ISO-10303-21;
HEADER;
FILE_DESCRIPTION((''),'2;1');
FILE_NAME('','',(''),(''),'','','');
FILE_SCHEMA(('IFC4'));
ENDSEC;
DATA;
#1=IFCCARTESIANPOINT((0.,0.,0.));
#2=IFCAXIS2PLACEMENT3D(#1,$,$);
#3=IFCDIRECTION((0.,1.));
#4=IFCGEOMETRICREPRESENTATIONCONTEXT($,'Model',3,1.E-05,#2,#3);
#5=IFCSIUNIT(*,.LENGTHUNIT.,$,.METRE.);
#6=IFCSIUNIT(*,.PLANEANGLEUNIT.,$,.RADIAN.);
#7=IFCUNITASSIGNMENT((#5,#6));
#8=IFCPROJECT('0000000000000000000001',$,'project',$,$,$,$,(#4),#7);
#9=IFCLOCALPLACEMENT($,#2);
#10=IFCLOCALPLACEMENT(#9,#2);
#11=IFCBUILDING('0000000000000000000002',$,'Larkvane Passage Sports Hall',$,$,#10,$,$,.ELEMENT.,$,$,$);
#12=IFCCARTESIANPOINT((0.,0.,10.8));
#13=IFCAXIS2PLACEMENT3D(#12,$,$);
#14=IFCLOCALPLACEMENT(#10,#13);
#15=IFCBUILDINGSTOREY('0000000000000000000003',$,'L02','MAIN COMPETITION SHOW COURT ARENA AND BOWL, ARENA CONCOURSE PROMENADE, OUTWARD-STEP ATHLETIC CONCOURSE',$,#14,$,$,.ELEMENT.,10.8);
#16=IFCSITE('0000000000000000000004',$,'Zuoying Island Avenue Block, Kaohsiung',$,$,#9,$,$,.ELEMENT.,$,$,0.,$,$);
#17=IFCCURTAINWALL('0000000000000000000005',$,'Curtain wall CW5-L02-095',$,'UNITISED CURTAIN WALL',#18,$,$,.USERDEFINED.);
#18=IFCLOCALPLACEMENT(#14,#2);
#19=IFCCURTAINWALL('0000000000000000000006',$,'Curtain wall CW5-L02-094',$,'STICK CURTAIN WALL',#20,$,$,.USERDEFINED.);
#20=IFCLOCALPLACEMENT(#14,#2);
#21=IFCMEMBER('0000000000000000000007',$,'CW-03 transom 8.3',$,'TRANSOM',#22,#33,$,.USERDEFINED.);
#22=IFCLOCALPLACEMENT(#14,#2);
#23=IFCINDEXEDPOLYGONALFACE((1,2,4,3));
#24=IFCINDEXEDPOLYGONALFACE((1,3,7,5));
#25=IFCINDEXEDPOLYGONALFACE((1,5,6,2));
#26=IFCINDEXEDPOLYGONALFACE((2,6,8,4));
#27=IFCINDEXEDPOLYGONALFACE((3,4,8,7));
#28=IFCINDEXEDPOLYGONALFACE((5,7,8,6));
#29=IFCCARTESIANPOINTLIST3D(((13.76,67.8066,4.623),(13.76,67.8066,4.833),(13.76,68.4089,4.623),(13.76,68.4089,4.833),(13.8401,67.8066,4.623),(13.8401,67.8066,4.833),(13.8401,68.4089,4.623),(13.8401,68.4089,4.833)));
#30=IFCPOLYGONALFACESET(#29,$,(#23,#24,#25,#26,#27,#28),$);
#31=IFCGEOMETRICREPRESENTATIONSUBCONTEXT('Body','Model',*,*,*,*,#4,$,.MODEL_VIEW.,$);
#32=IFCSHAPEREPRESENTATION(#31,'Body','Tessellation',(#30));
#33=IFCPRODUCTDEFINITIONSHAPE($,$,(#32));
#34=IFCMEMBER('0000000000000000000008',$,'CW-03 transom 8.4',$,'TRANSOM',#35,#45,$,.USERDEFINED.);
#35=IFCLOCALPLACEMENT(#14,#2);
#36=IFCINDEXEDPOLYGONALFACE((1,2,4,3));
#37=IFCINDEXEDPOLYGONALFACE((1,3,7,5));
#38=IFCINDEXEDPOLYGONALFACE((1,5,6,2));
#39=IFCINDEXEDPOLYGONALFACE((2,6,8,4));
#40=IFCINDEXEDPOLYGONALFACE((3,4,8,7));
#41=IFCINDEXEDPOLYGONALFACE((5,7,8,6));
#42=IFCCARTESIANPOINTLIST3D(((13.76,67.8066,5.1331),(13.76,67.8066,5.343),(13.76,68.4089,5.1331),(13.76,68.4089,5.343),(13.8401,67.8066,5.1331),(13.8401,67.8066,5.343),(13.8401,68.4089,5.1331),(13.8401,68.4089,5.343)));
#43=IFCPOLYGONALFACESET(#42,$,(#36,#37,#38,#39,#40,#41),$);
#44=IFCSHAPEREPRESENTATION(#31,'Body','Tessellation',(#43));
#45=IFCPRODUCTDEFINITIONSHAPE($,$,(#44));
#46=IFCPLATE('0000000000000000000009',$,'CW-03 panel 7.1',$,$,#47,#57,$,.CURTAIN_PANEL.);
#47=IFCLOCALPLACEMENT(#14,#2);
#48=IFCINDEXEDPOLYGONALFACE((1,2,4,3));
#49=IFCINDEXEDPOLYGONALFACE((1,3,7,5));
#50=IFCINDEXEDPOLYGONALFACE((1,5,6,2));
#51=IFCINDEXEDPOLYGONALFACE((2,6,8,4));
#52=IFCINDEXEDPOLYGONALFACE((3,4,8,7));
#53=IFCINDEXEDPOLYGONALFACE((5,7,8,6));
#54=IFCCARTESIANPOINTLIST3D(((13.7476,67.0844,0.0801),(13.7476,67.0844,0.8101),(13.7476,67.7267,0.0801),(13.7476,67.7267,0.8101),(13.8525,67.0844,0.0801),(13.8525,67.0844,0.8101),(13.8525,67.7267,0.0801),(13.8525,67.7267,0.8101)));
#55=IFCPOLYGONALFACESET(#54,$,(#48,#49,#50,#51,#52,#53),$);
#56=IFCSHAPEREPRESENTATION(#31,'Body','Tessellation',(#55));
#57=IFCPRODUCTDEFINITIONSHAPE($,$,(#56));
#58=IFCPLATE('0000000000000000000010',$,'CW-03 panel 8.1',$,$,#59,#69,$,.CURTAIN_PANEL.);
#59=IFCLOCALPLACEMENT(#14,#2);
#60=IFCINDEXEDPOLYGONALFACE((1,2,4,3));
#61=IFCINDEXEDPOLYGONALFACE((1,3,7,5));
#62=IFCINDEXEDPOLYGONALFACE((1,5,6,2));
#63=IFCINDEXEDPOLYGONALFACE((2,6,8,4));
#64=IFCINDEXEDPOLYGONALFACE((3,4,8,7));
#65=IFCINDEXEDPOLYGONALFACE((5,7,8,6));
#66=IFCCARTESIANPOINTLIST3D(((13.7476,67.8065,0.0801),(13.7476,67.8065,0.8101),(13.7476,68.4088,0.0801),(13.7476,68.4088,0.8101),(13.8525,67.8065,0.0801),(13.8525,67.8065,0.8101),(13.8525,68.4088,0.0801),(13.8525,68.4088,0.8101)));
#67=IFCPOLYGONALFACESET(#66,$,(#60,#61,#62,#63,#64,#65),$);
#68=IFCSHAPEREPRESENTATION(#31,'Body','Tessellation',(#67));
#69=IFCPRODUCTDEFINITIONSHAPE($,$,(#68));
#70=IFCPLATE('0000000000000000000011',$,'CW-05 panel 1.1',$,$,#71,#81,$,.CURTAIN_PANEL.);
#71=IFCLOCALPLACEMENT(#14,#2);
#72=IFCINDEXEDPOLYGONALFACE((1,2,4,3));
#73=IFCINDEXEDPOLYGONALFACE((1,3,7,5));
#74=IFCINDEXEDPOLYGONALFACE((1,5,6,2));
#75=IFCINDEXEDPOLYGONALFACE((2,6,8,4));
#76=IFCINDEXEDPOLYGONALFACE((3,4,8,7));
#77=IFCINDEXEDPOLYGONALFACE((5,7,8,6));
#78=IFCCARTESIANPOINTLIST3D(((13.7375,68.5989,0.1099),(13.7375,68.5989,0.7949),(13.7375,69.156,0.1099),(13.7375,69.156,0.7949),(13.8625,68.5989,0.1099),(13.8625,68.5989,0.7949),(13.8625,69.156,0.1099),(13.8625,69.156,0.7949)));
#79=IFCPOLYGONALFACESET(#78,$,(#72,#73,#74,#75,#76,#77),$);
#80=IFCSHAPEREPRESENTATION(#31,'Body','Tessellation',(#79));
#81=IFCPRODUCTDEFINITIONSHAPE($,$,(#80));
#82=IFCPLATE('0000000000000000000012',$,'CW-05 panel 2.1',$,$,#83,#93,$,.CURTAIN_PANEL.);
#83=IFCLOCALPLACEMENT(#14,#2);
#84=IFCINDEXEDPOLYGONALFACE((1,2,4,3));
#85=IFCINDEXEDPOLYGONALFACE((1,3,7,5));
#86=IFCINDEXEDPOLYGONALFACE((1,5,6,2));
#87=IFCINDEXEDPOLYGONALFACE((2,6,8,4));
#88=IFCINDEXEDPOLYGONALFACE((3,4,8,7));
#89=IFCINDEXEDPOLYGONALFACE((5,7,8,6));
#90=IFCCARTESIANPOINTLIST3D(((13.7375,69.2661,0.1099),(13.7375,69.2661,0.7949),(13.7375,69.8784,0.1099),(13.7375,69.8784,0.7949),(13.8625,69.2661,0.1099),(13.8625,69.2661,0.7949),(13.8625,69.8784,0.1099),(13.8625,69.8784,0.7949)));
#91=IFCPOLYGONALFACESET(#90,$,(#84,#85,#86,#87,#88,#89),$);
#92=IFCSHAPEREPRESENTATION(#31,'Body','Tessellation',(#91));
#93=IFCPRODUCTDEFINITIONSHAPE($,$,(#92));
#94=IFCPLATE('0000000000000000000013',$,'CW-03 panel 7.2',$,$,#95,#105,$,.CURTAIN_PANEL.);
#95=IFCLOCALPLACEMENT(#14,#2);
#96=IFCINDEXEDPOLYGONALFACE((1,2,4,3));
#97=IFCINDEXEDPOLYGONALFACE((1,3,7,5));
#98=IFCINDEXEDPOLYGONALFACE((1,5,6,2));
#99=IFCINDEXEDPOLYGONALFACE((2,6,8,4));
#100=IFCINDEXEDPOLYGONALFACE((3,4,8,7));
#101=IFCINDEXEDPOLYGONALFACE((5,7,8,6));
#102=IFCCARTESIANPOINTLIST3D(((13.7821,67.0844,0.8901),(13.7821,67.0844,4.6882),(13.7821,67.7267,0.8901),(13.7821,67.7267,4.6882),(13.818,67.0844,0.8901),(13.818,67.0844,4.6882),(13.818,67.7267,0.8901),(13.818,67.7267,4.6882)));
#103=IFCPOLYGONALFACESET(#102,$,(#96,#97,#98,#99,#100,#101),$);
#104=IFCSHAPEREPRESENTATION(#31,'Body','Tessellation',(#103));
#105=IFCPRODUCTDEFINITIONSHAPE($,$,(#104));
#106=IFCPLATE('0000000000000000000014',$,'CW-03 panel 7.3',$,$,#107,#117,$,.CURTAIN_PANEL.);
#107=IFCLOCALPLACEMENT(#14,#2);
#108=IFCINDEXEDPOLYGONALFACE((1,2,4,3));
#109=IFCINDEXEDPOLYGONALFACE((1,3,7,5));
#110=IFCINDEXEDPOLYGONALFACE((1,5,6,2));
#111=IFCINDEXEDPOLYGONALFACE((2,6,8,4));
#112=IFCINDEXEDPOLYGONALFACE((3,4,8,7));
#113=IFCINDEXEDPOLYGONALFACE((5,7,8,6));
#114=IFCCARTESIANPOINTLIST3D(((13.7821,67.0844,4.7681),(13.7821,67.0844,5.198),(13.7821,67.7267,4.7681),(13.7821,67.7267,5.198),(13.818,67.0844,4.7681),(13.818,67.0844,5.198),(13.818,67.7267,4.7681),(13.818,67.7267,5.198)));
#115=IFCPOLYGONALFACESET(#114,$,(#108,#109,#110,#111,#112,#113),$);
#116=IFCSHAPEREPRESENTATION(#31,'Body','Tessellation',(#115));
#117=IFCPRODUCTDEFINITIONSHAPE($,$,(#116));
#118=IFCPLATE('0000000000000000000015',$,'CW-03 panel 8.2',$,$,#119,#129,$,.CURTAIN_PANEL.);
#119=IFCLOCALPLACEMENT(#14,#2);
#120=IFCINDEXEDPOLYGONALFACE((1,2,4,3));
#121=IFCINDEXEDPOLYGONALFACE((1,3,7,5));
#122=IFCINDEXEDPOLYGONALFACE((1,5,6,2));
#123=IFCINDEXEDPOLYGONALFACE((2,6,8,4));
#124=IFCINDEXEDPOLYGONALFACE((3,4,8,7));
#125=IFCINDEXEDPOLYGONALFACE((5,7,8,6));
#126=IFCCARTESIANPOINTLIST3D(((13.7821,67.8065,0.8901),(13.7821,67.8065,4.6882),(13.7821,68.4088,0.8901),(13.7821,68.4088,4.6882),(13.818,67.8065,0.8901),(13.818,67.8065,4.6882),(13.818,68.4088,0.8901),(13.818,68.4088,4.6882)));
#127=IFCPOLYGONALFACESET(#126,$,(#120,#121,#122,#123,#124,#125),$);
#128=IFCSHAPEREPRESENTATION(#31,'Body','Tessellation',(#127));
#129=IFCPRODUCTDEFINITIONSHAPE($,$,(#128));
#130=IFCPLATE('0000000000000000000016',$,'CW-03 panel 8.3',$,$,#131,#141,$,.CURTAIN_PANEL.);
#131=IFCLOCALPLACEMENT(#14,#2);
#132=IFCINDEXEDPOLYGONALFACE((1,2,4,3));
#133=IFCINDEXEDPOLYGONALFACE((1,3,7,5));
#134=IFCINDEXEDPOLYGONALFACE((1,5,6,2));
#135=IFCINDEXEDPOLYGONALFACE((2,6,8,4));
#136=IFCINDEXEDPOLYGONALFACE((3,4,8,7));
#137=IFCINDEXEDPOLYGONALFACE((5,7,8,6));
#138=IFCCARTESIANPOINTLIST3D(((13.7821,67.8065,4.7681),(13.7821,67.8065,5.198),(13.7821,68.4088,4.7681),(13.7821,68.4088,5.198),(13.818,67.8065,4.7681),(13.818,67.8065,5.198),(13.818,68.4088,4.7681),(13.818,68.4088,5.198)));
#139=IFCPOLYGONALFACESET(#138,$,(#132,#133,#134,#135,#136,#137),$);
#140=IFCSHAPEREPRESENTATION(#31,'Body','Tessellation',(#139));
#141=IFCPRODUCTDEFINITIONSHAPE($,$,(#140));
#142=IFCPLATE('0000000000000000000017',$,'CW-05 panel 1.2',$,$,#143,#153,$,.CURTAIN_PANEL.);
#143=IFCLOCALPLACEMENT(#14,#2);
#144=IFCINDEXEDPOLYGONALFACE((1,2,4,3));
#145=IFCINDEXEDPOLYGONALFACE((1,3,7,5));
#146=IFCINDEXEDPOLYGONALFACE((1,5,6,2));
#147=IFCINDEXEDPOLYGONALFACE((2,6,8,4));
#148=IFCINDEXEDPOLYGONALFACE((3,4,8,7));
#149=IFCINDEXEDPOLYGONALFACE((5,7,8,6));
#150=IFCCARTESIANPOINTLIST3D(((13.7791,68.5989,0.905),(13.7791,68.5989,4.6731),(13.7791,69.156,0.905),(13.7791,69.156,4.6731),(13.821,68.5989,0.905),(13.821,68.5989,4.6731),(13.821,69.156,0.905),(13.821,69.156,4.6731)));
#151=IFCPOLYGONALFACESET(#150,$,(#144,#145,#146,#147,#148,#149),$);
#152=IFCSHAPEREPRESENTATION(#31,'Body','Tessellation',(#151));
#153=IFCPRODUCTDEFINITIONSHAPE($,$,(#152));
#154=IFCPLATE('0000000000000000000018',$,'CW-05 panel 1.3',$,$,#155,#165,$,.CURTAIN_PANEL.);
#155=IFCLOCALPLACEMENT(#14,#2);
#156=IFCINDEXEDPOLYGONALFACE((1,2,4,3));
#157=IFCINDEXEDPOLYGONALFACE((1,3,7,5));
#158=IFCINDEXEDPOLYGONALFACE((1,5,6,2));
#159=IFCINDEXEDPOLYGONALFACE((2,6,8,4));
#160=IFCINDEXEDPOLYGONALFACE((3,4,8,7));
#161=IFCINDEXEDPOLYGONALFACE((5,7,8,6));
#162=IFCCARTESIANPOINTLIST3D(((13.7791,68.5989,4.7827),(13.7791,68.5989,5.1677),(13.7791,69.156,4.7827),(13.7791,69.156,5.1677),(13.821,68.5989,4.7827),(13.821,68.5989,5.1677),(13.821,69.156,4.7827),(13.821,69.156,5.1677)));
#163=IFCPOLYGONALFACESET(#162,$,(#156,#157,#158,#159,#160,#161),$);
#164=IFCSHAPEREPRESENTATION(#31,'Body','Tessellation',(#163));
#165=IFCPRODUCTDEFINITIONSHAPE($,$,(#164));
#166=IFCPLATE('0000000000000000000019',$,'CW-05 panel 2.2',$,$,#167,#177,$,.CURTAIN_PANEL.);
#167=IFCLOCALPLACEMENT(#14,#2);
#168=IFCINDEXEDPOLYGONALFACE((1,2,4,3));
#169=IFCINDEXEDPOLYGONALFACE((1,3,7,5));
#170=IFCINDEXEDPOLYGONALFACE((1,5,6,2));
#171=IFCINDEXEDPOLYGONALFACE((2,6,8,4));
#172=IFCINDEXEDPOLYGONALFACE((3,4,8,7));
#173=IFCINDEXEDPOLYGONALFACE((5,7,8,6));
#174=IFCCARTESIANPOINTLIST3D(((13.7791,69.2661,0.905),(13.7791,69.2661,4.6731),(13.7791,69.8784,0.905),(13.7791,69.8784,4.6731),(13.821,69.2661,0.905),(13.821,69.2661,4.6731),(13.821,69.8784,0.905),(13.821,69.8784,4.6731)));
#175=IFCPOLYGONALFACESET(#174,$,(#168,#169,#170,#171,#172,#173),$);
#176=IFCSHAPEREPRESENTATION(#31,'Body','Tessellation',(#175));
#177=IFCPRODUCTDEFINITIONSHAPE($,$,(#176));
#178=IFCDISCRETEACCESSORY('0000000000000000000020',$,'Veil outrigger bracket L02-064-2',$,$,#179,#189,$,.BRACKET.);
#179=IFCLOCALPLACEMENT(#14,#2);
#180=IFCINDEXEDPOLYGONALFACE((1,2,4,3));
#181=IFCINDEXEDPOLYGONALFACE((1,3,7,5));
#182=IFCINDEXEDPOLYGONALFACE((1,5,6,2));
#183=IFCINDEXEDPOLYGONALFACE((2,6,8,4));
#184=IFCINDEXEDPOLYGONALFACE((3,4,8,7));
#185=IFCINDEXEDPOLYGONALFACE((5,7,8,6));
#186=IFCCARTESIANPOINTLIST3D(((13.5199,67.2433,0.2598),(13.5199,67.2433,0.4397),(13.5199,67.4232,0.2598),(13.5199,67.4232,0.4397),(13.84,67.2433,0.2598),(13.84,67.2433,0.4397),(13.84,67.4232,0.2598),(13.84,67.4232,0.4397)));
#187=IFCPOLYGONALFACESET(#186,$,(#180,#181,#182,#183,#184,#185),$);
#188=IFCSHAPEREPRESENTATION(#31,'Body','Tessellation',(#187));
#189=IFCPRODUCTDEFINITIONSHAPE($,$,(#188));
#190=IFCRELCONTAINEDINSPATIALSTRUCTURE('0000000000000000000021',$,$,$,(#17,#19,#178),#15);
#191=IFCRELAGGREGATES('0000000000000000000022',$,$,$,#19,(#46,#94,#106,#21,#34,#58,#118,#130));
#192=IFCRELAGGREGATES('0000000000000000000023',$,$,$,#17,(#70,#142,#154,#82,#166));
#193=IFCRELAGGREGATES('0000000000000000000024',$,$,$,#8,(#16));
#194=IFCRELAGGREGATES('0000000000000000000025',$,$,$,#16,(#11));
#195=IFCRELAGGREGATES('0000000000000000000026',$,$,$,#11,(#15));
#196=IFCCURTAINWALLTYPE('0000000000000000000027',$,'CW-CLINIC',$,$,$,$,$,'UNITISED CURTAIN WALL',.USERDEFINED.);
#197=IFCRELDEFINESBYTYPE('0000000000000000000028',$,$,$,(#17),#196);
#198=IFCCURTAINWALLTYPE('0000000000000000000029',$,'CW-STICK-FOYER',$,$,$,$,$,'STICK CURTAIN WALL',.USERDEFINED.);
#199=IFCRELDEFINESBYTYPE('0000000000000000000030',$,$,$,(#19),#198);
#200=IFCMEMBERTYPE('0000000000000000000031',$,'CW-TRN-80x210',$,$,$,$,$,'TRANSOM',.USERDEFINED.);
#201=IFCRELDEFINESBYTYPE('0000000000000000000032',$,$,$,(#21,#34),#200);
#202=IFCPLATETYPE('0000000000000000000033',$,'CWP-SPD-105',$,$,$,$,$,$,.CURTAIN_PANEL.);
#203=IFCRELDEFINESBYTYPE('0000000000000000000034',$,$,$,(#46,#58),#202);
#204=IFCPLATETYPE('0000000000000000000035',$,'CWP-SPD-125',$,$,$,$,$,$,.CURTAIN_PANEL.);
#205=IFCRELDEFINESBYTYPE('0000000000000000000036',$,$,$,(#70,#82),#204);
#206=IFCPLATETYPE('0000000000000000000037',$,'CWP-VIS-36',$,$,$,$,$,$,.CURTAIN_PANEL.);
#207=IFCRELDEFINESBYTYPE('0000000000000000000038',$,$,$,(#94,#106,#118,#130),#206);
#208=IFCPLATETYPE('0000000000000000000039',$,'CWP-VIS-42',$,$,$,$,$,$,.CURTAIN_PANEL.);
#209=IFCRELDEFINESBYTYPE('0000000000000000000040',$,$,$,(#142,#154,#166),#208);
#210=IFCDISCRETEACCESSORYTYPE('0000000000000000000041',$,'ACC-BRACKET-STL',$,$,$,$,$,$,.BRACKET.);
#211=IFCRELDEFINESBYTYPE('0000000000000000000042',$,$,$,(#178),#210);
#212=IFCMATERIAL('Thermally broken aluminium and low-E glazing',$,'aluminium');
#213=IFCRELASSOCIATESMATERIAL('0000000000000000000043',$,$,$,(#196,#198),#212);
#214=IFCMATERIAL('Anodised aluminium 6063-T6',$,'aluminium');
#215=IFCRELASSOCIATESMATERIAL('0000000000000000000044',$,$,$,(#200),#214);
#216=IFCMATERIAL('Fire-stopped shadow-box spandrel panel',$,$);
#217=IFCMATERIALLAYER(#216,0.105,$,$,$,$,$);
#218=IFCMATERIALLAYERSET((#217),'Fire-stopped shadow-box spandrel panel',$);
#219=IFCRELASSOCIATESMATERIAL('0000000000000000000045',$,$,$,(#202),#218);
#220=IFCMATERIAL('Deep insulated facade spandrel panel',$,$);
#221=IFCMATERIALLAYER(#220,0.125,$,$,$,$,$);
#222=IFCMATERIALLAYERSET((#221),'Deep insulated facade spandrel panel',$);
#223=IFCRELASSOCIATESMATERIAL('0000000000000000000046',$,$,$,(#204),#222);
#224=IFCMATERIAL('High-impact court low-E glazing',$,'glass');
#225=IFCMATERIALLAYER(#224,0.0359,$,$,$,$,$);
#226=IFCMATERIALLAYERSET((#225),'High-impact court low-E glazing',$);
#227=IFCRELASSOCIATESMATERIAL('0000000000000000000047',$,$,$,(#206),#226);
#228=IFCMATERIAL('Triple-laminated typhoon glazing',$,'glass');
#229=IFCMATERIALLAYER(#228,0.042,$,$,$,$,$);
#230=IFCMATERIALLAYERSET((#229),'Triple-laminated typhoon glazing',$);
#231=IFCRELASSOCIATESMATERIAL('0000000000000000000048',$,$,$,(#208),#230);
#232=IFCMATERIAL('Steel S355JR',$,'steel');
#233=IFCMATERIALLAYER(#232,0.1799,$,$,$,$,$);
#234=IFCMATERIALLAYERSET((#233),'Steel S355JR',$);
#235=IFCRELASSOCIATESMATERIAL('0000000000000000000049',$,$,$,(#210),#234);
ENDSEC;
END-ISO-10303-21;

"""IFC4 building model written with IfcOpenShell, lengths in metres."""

from ifc_helpers import new_model, si_unit, direction, frame, origin, origin_2d, place, context, subcontext, project, spatial, rectangle, extrude, material, layer, layer_set, material_profile, profile_set, type_object, element, aggregate, save


model = new_model("IFC4")

# Units and contexts
model_context = context("Model", 3, precision=1e-05, world=origin(), true_north=direction((0.0, 1.0)))
body_context = subcontext(model_context, "Body", "Model", "MODEL_VIEW")
ifc_project = project(units=[si_unit("LENGTHUNIT", "METRE"), si_unit("PLANEANGLEUNIT", "RADIAN")], contexts=[model_context])

# Site, building, storey
site_placement = place(None, origin())
site = spatial("IfcSite", under=ifc_project, at=site_placement, Name="Zuoying Island Avenue Block, Kaohsiung", CompositionType="ELEMENT", RefElevation=0.0)
building_placement = place(site_placement, origin())
building = spatial("IfcBuilding", under=site, at=building_placement, Name="Larkvane Passage Sports Hall", CompositionType="ELEMENT")
storey_placement = place(building_placement, frame((0.0, 0.0, 10.8)))
storey = spatial("IfcBuildingStorey", under=building, at=storey_placement, Name="L02", Description="MAIN COMPETITION SHOW COURT ARENA AND BOWL, ARENA CONCOURSE PROMENADE, OUTWARD-STEP ATHLETIC CONCOURSE", CompositionType="ELEMENT", Elevation=10.8)

# Curtain walls
ifc_material_1 = material(Name="Thermally broken aluminium and low-E glazing", Category="aluminium")
curtain_wall_type_1 = type_object("IfcCurtainWallType", Name="CW-CLINIC", ElementType="UNITISED CURTAIN WALL", PredefinedType="USERDEFINED", material=ifc_material_1)
curtain_wall_1_placement = place(storey_placement, origin())
curtain_wall_1 = element("IfcCurtainWall", 1, at=curtain_wall_1_placement, inside=storey, type_object=curtain_wall_type_1, Name="Curtain wall CW5-L02-095", ObjectType="UNITISED CURTAIN WALL", PredefinedType="USERDEFINED")
ifc_material_2 = material(Name="Anodised aluminium 6063-T6", Category="aluminium")
curtain_wall_type_2 = type_object("IfcCurtainWallType", Name="CW-STICK-FOYER", ElementType="STICK CURTAIN WALL", PredefinedType="USERDEFINED", material=ifc_material_1)
curtain_wall_2_placement = place(storey_placement, origin())
curtain_wall_2 = element("IfcCurtainWall", 2, at=curtain_wall_2_placement, inside=storey, type_object=curtain_wall_type_2, Name="Curtain wall CW5-L02-094", ObjectType="STICK CURTAIN WALL", PredefinedType="USERDEFINED")

# Members
ifc_material_profile_1 = material_profile(ifc_material_2, rectangle(XDim=0.0801, YDim=0.21, at=origin_2d()), Name="ALU-TRN-80x210")
ifc_profile_set_1 = profile_set([ifc_material_profile_1], Name="Anodised aluminium 6063-T6")
member_type_1 = type_object("IfcMemberType", Name="CW-TRN-80x210", ElementType="TRANSOM", PredefinedType="USERDEFINED", material=ifc_profile_set_1)
member_1_placement = place(storey_placement, frame((13.8, 67.8066, 4.728), z_axis=(0.0, 1.0, 0.0), x_axis=(-1.0, 0.0, 0.0)))
member_1 = element("IfcMember", 3, at=member_1_placement, type_object=member_type_1, Name="CW-03 transom 8.3", ObjectType="TRANSOM", PredefinedType="USERDEFINED", context=body_context, shape_type="SweptSolid", body=[
    extrude(rectangle(XDim=0.0801, YDim=0.21, at=origin_2d()), origin(), (0.0, 0.0, 1.0), 0.6023),
])
member_2_placement = place(storey_placement, frame((13.8, 67.8066, 5.238), z_axis=(0.0, 1.0, 0.0), x_axis=(-1.0, 0.0, 0.0)))
member_2 = element("IfcMember", 4, at=member_2_placement, type_object=member_type_1, Name="CW-03 transom 8.4", ObjectType="TRANSOM", PredefinedType="USERDEFINED", context=body_context, shape_type="SweptSolid", body=[
    extrude(rectangle(XDim=0.0801, YDim=0.21, at=origin_2d()), origin(), (0.0, 0.0, 1.0), 0.6023),
])

# Plates
ifc_material_3 = material(Name="Fire-stopped shadow-box spandrel panel")
ifc_layer_1 = layer(ifc_material_3, 0.105)
ifc_layer_set_1 = layer_set([ifc_layer_1], Name="Fire-stopped shadow-box spandrel panel")
plate_type_1 = type_object("IfcPlateType", Name="CWP-SPD-105", PredefinedType="CURTAIN_PANEL", material=ifc_layer_set_1)
plate_1_placement = place(storey_placement, frame((13.8, 67.4055, 0.0801), z_axis=(0.0, 0.0, 1.0), x_axis=(0.0, 1.0, 0.0)))
plate_1 = element("IfcPlate", 5, at=plate_1_placement, type_object=plate_type_1, Name="CW-03 panel 7.1", PredefinedType="CURTAIN_PANEL", context=body_context, shape_type="SweptSolid", body=[
    extrude(rectangle(XDim=0.6423, YDim=0.105, at=origin_2d()), origin(), (0.0, 0.0, 1.0), 0.73),
])
plate_2_placement = place(storey_placement, frame((13.8, 68.1077, 0.0801), z_axis=(0.0, 0.0, 1.0), x_axis=(0.0, 1.0, 0.0)))
plate_2 = element("IfcPlate", 6, at=plate_2_placement, type_object=plate_type_1, Name="CW-03 panel 8.1", PredefinedType="CURTAIN_PANEL", context=body_context, shape_type="SweptSolid", body=[
    extrude(rectangle(XDim=0.6023, YDim=0.105, at=origin_2d()), origin(), (0.0, 0.0, 1.0), 0.73),
])
ifc_material_4 = material(Name="Deep insulated facade spandrel panel")
ifc_layer_2 = layer(ifc_material_4, 0.125)
ifc_layer_set_2 = layer_set([ifc_layer_2], Name="Deep insulated facade spandrel panel")
plate_type_2 = type_object("IfcPlateType", Name="CWP-SPD-125", PredefinedType="CURTAIN_PANEL", material=ifc_layer_set_2)
plate_3_placement = place(storey_placement, frame((13.8, 68.8774, 0.1099), z_axis=(0.0, 0.0, 1.0), x_axis=(0.0, 1.0, 0.0)))
plate_3 = element("IfcPlate", 7, at=plate_3_placement, type_object=plate_type_2, Name="CW-05 panel 1.1", PredefinedType="CURTAIN_PANEL", context=body_context, shape_type="SweptSolid", body=[
    extrude(rectangle(XDim=0.5571, YDim=0.125, at=origin_2d()), origin(), (0.0, 0.0, 1.0), 0.6851),
])
plate_4_placement = place(storey_placement, frame((13.8, 69.5723, 0.1099), z_axis=(0.0, 0.0, 1.0), x_axis=(0.0, 1.0, 0.0)))
plate_4 = element("IfcPlate", 8, at=plate_4_placement, type_object=plate_type_2, Name="CW-05 panel 2.1", PredefinedType="CURTAIN_PANEL", context=body_context, shape_type="SweptSolid", body=[
    extrude(rectangle(XDim=0.6123, YDim=0.125, at=origin_2d()), origin(), (0.0, 0.0, 1.0), 0.6851),
])
ifc_material_5 = material(Name="High-impact court low-E glazing", Category="glass")
ifc_layer_3 = layer(ifc_material_5, 0.0359)
ifc_layer_set_3 = layer_set([ifc_layer_3], Name="High-impact court low-E glazing")
plate_type_3 = type_object("IfcPlateType", Name="CWP-VIS-36", PredefinedType="CURTAIN_PANEL", material=ifc_layer_set_3)
plate_5_placement = place(storey_placement, frame((13.8, 67.4055, 0.8901), z_axis=(0.0, 0.0, 1.0), x_axis=(0.0, 1.0, 0.0)))
plate_5 = element("IfcPlate", 9, at=plate_5_placement, type_object=plate_type_3, Name="CW-03 panel 7.2", PredefinedType="CURTAIN_PANEL", context=body_context, shape_type="SweptSolid", body=[
    extrude(rectangle(XDim=0.6423, YDim=0.0359, at=origin_2d()), origin(), (0.0, 0.0, 1.0), 3.7981),
])
plate_6_placement = place(storey_placement, frame((13.8, 67.4055, 4.7681), z_axis=(0.0, 0.0, 1.0), x_axis=(0.0, 1.0, 0.0)))
plate_6 = element("IfcPlate", 10, at=plate_6_placement, type_object=plate_type_3, Name="CW-03 panel 7.3", PredefinedType="CURTAIN_PANEL", context=body_context, shape_type="SweptSolid", body=[
    extrude(rectangle(XDim=0.6423, YDim=0.0359, at=origin_2d()), origin(), (0.0, 0.0, 1.0), 0.4299),
])
plate_7_placement = place(storey_placement, frame((13.8, 68.1077, 0.8901), z_axis=(0.0, 0.0, 1.0), x_axis=(0.0, 1.0, 0.0)))
plate_7 = element("IfcPlate", 11, at=plate_7_placement, type_object=plate_type_3, Name="CW-03 panel 8.2", PredefinedType="CURTAIN_PANEL", context=body_context, shape_type="SweptSolid", body=[
    extrude(rectangle(XDim=0.6023, YDim=0.0359, at=origin_2d()), origin(), (0.0, 0.0, 1.0), 3.7981),
])
plate_8_placement = place(storey_placement, frame((13.8, 68.1077, 4.7681), z_axis=(0.0, 0.0, 1.0), x_axis=(0.0, 1.0, 0.0)))
plate_8 = element("IfcPlate", 12, at=plate_8_placement, type_object=plate_type_3, Name="CW-03 panel 8.3", PredefinedType="CURTAIN_PANEL", context=body_context, shape_type="SweptSolid", body=[
    extrude(rectangle(XDim=0.6023, YDim=0.0359, at=origin_2d()), origin(), (0.0, 0.0, 1.0), 0.4299),
])
aggregate(curtain_wall_2, [plate_1, plate_5, plate_6, member_1, member_2, plate_2, plate_7, plate_8])
ifc_material_6 = material(Name="Triple-laminated typhoon glazing", Category="glass")
ifc_layer_4 = layer(ifc_material_6, 0.042)
ifc_layer_set_4 = layer_set([ifc_layer_4], Name="Triple-laminated typhoon glazing")
plate_type_4 = type_object("IfcPlateType", Name="CWP-VIS-42", PredefinedType="CURTAIN_PANEL", material=ifc_layer_set_4)
plate_9_placement = place(storey_placement, frame((13.8, 68.8774, 0.905), z_axis=(0.0, 0.0, 1.0), x_axis=(0.0, 1.0, 0.0)))
plate_9 = element("IfcPlate", 13, at=plate_9_placement, type_object=plate_type_4, Name="CW-05 panel 1.2", PredefinedType="CURTAIN_PANEL", context=body_context, shape_type="SweptSolid", body=[
    extrude(rectangle(XDim=0.5571, YDim=0.042, at=origin_2d()), origin(), (0.0, 0.0, 1.0), 3.7681),
])
plate_10_placement = place(storey_placement, frame((13.8, 68.8774, 4.7827), z_axis=(0.0, 0.0, 1.0), x_axis=(0.0, 1.0, 0.0)))
plate_10 = element("IfcPlate", 14, at=plate_10_placement, type_object=plate_type_4, Name="CW-05 panel 1.3", PredefinedType="CURTAIN_PANEL", context=body_context, shape_type="SweptSolid", body=[
    extrude(rectangle(XDim=0.5571, YDim=0.042, at=origin_2d()), origin(), (0.0, 0.0, 1.0), 0.385),
])
plate_11_placement = place(storey_placement, frame((13.8, 69.5723, 0.905), z_axis=(0.0, 0.0, 1.0), x_axis=(0.0, 1.0, 0.0)))
plate_11 = element("IfcPlate", 15, at=plate_11_placement, type_object=plate_type_4, Name="CW-05 panel 2.2", PredefinedType="CURTAIN_PANEL", context=body_context, shape_type="SweptSolid", body=[
    extrude(rectangle(XDim=0.6123, YDim=0.042, at=origin_2d()), origin(), (0.0, 0.0, 1.0), 3.7681),
])
aggregate(curtain_wall_1, [plate_3, plate_9, plate_10, plate_4, plate_11])

# Discrete accessory
ifc_material_7 = material(Name="Steel S355JR", Category="steel")
ifc_layer_5 = layer(ifc_material_7, 0.1799)
ifc_layer_set_5 = layer_set([ifc_layer_5], Name="Steel S355JR")
discrete_accessory_type = type_object("IfcDiscreteAccessoryType", Name="ACC-BRACKET-STL", PredefinedType="BRACKET", material=ifc_layer_set_5)
discrete_accessory_placement = place(storey_placement, frame((13.6799, 67.3333, 0.2598), z_axis=(0.0, 0.0, 1.0), x_axis=(0.0, 1.0, 0.0)))
element("IfcDiscreteAccessory", 16, at=discrete_accessory_placement, inside=storey, type_object=discrete_accessory_type, Name="Veil outrigger bracket L02-064-2", PredefinedType="BRACKET", context=body_context, shape_type="SweptSolid", body=[
    extrude(rectangle(XDim=0.1799, YDim=0.3201, at=origin_2d()), origin(), (0.0, 0.0, 1.0), 0.1799),
])

save(model, "model.ifc")
